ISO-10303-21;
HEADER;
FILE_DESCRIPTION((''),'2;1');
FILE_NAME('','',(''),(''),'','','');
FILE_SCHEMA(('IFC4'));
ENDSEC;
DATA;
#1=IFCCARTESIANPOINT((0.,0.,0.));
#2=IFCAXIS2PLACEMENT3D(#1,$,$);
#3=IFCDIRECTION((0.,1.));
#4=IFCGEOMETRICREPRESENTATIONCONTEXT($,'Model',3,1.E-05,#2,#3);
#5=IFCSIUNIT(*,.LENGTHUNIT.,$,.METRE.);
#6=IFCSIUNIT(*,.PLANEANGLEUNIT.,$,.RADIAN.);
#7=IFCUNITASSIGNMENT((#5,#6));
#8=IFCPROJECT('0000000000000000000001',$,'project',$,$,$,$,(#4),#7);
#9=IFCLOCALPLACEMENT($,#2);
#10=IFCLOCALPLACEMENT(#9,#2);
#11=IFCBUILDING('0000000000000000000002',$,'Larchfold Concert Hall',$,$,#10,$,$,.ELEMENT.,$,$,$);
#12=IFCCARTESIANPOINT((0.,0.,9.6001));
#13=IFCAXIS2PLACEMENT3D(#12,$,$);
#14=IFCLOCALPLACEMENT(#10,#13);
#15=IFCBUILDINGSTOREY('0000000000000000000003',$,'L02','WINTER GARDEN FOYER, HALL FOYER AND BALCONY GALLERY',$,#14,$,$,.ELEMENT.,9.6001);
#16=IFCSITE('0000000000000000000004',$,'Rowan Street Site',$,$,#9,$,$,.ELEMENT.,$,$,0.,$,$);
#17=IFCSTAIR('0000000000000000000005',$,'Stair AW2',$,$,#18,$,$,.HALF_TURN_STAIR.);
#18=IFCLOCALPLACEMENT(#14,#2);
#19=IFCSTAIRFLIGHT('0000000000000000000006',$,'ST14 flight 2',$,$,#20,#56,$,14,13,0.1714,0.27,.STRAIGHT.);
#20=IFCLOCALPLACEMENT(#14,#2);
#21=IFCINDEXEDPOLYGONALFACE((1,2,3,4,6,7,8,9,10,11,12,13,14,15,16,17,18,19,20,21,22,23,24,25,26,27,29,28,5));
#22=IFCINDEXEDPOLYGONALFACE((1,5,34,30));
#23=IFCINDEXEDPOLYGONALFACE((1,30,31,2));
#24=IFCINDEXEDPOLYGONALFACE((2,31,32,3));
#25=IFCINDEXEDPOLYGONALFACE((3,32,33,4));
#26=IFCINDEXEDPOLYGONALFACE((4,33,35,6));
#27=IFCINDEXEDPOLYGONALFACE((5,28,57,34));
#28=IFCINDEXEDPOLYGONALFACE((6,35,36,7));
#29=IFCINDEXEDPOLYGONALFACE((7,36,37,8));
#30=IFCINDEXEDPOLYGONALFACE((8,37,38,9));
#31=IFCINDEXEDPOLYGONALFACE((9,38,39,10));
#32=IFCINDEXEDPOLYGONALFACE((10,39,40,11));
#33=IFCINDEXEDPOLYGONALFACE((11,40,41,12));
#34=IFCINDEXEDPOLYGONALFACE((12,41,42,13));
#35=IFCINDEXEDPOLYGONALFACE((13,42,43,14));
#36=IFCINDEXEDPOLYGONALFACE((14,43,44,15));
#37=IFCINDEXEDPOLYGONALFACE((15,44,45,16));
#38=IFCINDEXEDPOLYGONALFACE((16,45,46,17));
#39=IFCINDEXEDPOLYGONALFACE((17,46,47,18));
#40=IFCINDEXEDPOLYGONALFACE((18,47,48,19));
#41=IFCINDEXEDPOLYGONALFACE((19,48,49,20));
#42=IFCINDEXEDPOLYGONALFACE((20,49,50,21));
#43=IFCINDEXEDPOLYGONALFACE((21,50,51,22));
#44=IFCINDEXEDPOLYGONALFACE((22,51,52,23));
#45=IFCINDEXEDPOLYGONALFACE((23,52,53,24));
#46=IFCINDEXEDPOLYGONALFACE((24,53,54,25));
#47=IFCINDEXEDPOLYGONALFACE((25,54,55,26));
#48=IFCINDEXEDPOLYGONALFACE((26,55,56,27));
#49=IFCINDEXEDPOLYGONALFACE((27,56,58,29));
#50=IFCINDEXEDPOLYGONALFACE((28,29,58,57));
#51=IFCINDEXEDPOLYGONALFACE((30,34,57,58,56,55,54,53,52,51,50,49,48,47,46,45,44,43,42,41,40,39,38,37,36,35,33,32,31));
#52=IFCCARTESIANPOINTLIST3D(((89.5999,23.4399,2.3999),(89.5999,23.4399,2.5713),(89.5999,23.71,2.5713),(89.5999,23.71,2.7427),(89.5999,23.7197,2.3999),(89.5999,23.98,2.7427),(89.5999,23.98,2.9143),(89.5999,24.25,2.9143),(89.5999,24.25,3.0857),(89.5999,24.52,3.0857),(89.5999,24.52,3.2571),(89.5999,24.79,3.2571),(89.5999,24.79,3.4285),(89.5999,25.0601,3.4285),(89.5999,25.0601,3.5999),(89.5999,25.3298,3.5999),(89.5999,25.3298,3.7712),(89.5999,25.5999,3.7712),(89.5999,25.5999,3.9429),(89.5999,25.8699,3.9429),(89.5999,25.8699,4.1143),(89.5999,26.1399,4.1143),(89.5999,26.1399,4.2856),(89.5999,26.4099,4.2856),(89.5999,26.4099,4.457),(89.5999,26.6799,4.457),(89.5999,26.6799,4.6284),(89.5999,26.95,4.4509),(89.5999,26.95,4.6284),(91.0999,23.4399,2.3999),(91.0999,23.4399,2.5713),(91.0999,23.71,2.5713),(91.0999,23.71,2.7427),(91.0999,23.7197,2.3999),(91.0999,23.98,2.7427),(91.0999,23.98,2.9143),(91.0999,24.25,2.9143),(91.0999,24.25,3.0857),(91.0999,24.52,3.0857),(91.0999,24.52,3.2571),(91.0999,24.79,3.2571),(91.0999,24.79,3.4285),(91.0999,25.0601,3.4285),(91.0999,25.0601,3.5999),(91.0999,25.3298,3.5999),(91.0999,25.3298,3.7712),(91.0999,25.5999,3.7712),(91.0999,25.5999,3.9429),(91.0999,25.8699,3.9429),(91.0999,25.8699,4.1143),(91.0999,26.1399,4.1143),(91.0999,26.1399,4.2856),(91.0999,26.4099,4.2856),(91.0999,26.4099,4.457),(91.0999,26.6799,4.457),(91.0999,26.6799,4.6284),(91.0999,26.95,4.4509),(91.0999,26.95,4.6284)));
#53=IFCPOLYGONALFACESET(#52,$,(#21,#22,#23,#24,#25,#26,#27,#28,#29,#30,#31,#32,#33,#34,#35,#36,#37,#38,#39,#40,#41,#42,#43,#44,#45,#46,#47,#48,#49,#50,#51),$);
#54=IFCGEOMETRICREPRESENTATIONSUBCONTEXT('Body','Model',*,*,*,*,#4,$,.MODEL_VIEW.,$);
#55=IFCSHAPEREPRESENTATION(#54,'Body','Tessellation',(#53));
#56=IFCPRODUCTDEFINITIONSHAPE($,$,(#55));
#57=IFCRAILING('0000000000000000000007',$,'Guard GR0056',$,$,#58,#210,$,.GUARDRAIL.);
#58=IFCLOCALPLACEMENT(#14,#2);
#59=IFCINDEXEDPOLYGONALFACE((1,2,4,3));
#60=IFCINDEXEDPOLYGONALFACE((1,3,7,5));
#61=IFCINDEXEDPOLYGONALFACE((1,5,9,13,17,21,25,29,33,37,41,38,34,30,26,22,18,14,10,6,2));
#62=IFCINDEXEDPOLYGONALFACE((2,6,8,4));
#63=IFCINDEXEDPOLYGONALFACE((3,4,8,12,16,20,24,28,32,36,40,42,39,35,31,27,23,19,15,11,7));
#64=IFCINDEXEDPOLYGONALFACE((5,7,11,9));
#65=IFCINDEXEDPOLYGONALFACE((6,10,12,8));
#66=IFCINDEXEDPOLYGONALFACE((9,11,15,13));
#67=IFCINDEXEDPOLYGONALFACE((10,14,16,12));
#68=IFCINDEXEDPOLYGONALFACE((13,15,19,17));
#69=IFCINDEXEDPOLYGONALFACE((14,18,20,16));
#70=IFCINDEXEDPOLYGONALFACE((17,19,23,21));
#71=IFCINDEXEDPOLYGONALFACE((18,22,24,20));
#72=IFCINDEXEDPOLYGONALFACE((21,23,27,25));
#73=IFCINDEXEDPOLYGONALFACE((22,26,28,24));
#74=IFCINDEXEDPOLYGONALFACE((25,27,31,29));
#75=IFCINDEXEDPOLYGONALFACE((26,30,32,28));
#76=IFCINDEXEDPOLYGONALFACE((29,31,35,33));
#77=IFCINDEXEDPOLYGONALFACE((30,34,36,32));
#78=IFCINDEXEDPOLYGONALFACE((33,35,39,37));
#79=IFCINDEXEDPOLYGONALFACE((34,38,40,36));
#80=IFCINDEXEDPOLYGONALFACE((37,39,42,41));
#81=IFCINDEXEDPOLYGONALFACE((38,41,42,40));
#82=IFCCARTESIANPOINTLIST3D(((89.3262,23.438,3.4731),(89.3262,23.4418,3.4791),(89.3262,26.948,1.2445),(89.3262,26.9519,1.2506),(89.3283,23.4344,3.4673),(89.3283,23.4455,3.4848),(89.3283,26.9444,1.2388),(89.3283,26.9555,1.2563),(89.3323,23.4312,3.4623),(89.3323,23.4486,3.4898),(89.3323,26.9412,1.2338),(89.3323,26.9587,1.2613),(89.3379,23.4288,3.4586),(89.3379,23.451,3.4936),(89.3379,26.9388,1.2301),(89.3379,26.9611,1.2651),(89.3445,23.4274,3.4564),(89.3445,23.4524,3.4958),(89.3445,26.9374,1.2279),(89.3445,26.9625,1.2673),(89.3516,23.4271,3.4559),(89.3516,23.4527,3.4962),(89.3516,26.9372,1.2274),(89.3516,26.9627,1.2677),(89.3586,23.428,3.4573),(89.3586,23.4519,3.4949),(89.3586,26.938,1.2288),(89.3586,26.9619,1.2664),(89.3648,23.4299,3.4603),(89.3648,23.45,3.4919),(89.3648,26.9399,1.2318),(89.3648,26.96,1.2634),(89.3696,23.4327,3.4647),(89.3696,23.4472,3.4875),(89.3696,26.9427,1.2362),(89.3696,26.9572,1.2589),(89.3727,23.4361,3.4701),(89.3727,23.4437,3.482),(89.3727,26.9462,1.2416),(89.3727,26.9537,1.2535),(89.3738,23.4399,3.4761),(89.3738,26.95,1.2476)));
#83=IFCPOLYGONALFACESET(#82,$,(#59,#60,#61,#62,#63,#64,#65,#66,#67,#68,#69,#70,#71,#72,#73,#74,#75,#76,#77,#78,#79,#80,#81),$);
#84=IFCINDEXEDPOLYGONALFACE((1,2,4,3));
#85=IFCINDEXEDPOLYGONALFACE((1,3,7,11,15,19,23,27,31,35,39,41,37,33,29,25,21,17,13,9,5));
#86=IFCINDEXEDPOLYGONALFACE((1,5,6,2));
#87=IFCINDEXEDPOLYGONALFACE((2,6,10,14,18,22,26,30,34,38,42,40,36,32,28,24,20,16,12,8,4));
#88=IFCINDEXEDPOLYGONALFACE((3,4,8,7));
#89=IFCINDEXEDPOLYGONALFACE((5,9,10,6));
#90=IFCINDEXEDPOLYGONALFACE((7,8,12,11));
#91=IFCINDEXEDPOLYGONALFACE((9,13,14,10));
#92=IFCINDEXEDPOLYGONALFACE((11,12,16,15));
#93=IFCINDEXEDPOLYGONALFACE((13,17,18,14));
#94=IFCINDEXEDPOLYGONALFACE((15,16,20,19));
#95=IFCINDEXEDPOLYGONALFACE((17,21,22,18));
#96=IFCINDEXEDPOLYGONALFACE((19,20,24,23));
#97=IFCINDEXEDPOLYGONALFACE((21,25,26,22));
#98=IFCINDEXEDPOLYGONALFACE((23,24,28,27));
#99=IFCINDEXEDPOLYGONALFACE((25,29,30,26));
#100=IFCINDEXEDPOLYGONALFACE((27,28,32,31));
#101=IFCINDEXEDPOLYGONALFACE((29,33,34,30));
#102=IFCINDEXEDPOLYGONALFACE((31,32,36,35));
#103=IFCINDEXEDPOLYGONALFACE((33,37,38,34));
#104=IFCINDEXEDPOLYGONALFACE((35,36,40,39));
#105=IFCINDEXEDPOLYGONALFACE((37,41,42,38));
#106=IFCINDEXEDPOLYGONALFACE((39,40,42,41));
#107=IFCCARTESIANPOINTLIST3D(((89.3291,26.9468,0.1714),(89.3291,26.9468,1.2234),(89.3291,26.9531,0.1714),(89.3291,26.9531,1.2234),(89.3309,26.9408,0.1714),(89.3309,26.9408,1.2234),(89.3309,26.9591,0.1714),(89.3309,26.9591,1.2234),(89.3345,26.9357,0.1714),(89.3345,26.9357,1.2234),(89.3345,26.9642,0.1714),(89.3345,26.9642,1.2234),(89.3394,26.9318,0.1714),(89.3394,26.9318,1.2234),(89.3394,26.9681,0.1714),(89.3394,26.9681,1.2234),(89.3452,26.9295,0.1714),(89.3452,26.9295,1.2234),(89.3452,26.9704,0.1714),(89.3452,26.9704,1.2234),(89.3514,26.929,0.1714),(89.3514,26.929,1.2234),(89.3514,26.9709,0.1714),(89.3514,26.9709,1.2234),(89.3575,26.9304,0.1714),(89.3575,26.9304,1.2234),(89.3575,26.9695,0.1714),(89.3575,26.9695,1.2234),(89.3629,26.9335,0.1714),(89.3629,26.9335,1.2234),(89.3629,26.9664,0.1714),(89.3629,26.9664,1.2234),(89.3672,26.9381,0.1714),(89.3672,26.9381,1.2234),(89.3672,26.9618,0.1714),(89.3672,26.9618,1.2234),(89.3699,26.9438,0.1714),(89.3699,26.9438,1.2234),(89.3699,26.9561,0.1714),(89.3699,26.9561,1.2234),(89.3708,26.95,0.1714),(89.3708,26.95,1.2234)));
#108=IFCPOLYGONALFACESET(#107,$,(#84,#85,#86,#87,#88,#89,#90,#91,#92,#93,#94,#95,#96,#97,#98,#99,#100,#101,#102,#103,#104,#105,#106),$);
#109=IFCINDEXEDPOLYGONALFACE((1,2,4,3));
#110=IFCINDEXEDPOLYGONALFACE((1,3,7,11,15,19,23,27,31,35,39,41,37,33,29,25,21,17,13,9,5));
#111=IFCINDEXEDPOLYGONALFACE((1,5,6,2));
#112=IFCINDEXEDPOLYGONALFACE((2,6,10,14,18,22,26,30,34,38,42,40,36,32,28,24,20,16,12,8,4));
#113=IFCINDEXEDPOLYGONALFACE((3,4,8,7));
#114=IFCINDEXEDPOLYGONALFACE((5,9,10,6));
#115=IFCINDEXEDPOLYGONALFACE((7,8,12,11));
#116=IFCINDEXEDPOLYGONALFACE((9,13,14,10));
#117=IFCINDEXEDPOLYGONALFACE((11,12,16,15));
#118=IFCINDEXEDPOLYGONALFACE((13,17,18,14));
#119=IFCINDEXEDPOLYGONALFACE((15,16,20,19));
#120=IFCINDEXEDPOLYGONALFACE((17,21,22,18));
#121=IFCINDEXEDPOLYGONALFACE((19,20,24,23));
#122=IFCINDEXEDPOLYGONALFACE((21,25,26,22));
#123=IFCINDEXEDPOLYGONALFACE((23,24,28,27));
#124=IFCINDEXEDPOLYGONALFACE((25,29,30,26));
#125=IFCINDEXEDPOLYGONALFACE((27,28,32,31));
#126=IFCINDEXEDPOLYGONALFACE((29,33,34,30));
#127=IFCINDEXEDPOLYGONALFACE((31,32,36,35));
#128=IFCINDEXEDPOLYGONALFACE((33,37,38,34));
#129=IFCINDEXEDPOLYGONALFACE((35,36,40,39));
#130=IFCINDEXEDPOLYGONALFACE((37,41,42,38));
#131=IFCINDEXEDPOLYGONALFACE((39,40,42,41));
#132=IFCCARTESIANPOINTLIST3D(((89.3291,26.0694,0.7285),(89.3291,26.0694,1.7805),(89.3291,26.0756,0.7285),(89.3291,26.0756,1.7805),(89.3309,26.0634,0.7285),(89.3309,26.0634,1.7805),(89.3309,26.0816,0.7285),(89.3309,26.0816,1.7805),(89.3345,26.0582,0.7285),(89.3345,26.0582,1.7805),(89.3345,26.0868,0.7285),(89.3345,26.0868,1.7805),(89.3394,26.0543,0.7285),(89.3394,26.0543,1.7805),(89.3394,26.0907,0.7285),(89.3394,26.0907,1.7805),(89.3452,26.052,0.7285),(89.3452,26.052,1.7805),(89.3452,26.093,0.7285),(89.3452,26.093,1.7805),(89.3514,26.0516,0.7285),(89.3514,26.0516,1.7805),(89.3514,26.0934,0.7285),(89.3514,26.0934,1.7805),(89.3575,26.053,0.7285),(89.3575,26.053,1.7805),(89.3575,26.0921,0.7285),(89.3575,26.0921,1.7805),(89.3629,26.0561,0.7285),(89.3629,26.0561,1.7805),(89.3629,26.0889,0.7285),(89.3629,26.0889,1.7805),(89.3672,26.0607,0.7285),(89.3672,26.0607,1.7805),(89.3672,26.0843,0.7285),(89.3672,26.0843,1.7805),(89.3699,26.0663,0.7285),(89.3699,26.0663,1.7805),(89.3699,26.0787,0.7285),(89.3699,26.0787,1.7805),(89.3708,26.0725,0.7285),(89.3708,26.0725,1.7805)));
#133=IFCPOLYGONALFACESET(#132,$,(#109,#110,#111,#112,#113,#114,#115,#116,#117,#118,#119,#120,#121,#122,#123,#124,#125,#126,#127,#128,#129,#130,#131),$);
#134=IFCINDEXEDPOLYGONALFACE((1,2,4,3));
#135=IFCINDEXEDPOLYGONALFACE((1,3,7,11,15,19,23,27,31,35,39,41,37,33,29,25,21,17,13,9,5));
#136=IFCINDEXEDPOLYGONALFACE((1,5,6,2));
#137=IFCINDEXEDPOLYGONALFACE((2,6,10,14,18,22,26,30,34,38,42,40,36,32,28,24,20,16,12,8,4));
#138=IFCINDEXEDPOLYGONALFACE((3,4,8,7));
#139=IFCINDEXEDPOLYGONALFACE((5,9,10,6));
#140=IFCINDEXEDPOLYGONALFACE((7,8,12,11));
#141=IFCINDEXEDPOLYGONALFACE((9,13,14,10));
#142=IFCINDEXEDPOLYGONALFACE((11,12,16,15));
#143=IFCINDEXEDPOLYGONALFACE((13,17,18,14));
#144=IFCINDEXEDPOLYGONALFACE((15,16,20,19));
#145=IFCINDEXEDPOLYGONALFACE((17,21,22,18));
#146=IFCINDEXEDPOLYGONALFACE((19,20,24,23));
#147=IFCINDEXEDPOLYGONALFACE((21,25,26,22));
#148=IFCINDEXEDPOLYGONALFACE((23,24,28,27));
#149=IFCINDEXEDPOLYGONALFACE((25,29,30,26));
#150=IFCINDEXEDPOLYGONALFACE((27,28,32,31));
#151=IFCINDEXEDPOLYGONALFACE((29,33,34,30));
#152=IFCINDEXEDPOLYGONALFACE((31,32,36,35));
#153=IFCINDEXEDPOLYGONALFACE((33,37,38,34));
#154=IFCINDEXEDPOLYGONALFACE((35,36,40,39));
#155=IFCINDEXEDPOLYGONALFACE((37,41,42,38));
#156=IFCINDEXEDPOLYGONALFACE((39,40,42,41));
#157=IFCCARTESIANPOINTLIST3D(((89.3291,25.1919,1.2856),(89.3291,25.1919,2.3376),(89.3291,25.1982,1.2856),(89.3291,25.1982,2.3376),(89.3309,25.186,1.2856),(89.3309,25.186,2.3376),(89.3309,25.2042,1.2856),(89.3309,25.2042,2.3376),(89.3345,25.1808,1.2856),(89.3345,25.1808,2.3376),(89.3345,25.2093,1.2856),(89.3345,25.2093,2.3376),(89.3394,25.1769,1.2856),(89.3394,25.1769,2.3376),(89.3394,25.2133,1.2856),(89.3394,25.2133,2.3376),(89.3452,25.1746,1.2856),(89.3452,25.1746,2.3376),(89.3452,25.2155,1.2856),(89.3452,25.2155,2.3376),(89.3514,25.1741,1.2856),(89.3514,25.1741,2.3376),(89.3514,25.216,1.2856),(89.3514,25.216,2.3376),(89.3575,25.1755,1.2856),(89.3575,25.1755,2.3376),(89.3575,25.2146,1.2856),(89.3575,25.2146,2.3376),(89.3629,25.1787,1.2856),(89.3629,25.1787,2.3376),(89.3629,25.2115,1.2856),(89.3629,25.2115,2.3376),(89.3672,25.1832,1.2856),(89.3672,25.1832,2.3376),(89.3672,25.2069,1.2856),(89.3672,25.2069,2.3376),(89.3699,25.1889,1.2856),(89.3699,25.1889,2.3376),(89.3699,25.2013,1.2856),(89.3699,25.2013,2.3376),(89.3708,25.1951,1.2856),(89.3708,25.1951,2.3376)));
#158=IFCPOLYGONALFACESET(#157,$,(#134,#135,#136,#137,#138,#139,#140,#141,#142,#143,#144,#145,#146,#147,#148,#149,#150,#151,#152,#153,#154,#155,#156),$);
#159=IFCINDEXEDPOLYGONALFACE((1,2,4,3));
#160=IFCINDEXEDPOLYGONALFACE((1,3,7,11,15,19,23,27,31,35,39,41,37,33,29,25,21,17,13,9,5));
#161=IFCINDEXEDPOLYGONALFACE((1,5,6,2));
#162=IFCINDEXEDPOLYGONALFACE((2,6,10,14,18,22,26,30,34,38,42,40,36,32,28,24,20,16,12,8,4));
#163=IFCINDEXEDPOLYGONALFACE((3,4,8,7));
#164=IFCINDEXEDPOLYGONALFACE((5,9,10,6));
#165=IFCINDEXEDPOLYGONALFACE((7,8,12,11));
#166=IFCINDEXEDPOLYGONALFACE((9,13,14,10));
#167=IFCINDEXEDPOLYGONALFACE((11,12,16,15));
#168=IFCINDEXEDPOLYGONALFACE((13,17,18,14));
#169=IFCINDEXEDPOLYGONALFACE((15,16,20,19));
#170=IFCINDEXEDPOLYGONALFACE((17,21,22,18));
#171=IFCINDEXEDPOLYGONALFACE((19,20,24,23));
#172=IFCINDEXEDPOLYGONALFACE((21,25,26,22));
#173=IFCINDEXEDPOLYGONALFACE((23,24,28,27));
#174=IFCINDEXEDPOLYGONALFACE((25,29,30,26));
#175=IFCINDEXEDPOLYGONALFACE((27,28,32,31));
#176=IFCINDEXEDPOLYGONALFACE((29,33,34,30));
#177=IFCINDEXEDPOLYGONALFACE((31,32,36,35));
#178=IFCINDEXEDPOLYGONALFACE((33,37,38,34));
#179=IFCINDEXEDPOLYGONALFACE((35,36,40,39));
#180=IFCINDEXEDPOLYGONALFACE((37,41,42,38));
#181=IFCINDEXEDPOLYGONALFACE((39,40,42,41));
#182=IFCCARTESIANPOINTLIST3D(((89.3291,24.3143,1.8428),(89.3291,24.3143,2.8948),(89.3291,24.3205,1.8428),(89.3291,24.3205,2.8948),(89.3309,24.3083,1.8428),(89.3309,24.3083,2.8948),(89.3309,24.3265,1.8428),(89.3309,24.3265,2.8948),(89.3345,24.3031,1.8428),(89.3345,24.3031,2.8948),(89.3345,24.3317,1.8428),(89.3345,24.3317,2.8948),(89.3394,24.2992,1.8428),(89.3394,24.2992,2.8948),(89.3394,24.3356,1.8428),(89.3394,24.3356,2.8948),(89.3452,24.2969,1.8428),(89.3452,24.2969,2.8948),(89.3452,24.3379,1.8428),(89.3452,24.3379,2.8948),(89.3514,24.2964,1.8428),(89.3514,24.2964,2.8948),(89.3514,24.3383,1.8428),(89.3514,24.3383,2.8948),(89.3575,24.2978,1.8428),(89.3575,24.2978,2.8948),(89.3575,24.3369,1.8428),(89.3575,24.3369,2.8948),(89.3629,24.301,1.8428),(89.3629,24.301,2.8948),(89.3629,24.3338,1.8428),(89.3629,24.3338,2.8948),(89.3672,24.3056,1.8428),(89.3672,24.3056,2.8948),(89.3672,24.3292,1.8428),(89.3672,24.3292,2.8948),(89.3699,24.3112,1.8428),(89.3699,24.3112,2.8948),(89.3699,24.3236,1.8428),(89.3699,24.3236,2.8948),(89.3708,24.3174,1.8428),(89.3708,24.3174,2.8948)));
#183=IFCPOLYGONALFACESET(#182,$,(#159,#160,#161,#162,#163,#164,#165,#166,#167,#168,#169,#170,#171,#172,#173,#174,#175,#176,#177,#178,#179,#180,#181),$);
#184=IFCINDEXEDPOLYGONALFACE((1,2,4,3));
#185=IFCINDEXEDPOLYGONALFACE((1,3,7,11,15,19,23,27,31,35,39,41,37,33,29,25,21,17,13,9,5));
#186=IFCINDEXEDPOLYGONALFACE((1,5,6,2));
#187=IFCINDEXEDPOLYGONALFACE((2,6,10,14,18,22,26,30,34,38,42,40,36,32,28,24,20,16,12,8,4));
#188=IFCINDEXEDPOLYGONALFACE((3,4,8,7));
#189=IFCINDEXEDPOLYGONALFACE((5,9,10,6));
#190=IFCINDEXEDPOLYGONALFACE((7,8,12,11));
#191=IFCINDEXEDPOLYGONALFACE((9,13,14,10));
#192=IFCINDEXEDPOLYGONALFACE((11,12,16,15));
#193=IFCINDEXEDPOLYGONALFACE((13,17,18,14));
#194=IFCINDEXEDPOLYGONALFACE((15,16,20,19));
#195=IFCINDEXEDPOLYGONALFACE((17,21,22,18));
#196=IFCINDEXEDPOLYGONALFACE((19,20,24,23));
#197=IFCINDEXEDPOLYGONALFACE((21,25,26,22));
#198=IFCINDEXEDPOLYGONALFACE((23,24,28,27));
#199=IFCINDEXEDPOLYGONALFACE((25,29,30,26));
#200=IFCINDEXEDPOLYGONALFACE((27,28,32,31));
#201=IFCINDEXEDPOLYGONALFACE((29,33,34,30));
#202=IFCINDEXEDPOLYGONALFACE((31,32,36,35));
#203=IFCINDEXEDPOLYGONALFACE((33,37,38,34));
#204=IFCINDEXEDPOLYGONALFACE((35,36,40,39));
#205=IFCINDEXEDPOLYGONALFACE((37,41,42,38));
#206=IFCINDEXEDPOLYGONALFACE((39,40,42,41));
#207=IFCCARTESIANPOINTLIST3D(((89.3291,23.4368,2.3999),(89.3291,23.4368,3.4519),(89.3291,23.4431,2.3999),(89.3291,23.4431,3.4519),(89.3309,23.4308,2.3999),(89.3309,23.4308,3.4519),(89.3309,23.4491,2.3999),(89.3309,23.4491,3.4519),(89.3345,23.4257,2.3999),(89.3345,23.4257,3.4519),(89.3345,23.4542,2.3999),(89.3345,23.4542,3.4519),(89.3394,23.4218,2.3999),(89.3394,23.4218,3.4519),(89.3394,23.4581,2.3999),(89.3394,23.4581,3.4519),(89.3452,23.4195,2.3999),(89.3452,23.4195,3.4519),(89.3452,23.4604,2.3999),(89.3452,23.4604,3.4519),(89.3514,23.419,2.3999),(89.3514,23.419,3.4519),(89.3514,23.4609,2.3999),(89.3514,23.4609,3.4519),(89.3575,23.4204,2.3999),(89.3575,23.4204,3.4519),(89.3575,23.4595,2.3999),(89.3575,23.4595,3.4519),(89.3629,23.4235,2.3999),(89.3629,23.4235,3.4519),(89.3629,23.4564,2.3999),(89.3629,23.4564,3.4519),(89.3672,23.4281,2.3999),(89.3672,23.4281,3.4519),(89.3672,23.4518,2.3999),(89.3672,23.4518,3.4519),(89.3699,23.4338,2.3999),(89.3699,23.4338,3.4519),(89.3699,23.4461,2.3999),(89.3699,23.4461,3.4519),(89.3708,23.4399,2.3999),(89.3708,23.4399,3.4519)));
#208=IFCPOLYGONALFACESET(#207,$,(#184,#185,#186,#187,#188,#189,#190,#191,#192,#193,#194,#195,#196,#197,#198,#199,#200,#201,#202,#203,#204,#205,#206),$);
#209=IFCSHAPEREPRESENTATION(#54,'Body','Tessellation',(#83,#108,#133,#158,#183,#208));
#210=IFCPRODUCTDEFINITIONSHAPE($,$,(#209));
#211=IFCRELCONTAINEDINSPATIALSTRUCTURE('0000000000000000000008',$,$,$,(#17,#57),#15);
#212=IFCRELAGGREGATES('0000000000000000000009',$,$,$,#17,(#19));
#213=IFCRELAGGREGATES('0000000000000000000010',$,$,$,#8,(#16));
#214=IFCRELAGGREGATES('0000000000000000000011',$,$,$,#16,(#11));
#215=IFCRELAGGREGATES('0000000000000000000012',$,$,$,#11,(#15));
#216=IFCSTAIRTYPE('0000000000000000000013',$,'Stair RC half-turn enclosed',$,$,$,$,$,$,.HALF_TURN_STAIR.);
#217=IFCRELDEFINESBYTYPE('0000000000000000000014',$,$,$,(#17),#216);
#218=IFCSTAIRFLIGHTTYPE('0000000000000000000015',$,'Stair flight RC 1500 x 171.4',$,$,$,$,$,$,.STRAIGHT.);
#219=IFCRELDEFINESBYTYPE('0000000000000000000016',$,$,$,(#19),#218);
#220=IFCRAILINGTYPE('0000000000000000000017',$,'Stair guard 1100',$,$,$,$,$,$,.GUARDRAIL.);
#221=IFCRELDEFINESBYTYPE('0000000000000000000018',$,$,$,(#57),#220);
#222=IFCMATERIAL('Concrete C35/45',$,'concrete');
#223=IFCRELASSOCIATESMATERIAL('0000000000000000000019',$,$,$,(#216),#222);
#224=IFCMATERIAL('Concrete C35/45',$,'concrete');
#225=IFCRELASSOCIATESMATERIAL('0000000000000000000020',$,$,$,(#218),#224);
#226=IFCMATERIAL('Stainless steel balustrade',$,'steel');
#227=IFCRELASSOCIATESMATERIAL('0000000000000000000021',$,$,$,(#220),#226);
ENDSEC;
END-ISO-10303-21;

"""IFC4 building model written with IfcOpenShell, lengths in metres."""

from ifc_helpers import new_model, si_unit, direction, frame, origin, origin_2d, place, context, subcontext, project, spatial, polyline, circle, outline, extrude, material, type_object, element, aggregate, save


model = new_model("IFC4")

# Units and contexts
model_context = context("Model", 3, precision=1e-05, world=origin(), true_north=direction((0.0, 1.0)))
body_context = subcontext(model_context, "Body", "Model", "MODEL_VIEW")
ifc_project = project(units=[si_unit("LENGTHUNIT", "METRE"), si_unit("PLANEANGLEUNIT", "RADIAN")], contexts=[model_context])

# Site, building, storey
site_placement = place(None, origin())
site = spatial("IfcSite", under=ifc_project, at=site_placement, Name="Rowan Street Site", CompositionType="ELEMENT", RefElevation=0.0)
building_placement = place(site_placement, origin())
building = spatial("IfcBuilding", under=site, at=building_placement, Name="Larchfold Concert Hall", CompositionType="ELEMENT")
storey_placement = place(building_placement, frame((0.0, 0.0, 9.6001)))
storey = spatial("IfcBuildingStorey", under=building, at=storey_placement, Name="L02", Description="WINTER GARDEN FOYER, HALL FOYER AND BALCONY GALLERY", CompositionType="ELEMENT", Elevation=9.6001)

# Stair, stair flight
ifc_material_1 = material(Name="Concrete C35/45", Category="concrete")
stair_type = type_object("IfcStairType", Name="Stair RC half-turn enclosed", PredefinedType="HALF_TURN_STAIR", material=ifc_material_1)
stair_placement = place(storey_placement, origin())
stair = element("IfcStair", 1, at=stair_placement, inside=storey, type_object=stair_type, Name="Stair AW2", PredefinedType="HALF_TURN_STAIR")
ifc_material_2 = material(Name="Concrete C35/45", Category="concrete")
stair_flight_type = type_object("IfcStairFlightType", Name="Stair flight RC 1500 x 171.4", PredefinedType="STRAIGHT", material=ifc_material_2)
stair_flight_1_placement = place(storey_placement, frame((90.3499, 23.4399, 2.3999), z_axis=(0.0, 0.0, 1.0), x_axis=(0.0, 1.0, 0.0)))
stair_flight_1 = element("IfcStairFlight", 2, at=stair_flight_1_placement, type_object=stair_flight_type, Name="ST14 flight 2", NumberOfRisers=14, NumberOfTreads=13, PredefinedType="STRAIGHT", RiserHeight=0.1714, TreadLength=0.27, context=body_context, shape_type="SweptSolid", body=[
    extrude(outline(polyline([(0.0, 0.0), (0.0, 0.1714), (0.27, 0.1714), (0.27, 0.3428), (0.54, 0.3428), (0.54, 0.5144), (0.8101, 0.5144), (0.8101, 0.6858), (1.0801, 0.6858), (1.0801, 0.8572), (1.3501, 0.8572), (1.3501, 1.0286), (1.6201, 1.0286), (1.6201, 1.2), (1.8899, 1.2), (1.8899, 1.3713), (2.1599, 1.3713), (2.1599, 1.543), (2.4299, 1.543), (2.4299, 1.7144), (2.7, 1.7144), (2.7, 1.8857), (2.97, 1.8857), (2.97, 2.0571), (3.24, 2.0571), (3.24, 2.2285), (3.51, 2.2285), (3.51, 2.3999), (3.51, 2.051), (0.2798, 0.0), (0.0, 0.0)])), frame((0.0, 0.75, 0.0), z_axis=(0.0, -1.0, 0.0), x_axis=(1.0, 0.0, 0.0)), (0.0, 0.0, 1.0), 1.5),
])
aggregate(stair, [stair_flight_1])

# Railing
ifc_material_3 = material(Name="Stainless steel balustrade", Category="steel")
railing_type_1 = type_object("IfcRailingType", Name="Stair guard 1100", PredefinedType="GUARDRAIL", material=ifc_material_3)
railing_1_placement = place(storey_placement, frame((89.3499, 26.95, 0.1714)))
element("IfcRailing", 3, at=railing_1_placement, inside=storey, type_object=railing_type_1, Name="Guard GR0056", PredefinedType="GUARDRAIL", context=body_context, shape_type="SweptSolid", body=[
    extrude(circle(Radius=0.0239, at=origin_2d()), frame((0.0, 0.0, 1.0762), z_axis=(0.0, -0.84422, 0.535998), x_axis=(1.0, 0.0, 0.0)), (0.0, 0.0, 1.0), 4.1577),
    extrude(circle(Radius=0.021, at=origin_2d()), origin(), (0.0, 0.0, 1.0), 1.052),
    extrude(circle(Radius=0.021, at=origin_2d()), frame((0.0, -0.8774, 0.5571)), (0.0, 0.0, 1.0), 1.052),
    extrude(circle(Radius=0.021, at=origin_2d()), frame((0.0, -1.7549, 1.1143)), (0.0, 0.0, 1.0), 1.052),
    extrude(circle(Radius=0.021, at=origin_2d()), frame((0.0, -2.6326, 1.6714)), (0.0, 0.0, 1.0), 1.052),
    extrude(circle(Radius=0.021, at=origin_2d()), frame((0.0, -3.51, 2.2285)), (0.0, 0.0, 1.0), 1.052),
])

save(model, "model.ifc")
